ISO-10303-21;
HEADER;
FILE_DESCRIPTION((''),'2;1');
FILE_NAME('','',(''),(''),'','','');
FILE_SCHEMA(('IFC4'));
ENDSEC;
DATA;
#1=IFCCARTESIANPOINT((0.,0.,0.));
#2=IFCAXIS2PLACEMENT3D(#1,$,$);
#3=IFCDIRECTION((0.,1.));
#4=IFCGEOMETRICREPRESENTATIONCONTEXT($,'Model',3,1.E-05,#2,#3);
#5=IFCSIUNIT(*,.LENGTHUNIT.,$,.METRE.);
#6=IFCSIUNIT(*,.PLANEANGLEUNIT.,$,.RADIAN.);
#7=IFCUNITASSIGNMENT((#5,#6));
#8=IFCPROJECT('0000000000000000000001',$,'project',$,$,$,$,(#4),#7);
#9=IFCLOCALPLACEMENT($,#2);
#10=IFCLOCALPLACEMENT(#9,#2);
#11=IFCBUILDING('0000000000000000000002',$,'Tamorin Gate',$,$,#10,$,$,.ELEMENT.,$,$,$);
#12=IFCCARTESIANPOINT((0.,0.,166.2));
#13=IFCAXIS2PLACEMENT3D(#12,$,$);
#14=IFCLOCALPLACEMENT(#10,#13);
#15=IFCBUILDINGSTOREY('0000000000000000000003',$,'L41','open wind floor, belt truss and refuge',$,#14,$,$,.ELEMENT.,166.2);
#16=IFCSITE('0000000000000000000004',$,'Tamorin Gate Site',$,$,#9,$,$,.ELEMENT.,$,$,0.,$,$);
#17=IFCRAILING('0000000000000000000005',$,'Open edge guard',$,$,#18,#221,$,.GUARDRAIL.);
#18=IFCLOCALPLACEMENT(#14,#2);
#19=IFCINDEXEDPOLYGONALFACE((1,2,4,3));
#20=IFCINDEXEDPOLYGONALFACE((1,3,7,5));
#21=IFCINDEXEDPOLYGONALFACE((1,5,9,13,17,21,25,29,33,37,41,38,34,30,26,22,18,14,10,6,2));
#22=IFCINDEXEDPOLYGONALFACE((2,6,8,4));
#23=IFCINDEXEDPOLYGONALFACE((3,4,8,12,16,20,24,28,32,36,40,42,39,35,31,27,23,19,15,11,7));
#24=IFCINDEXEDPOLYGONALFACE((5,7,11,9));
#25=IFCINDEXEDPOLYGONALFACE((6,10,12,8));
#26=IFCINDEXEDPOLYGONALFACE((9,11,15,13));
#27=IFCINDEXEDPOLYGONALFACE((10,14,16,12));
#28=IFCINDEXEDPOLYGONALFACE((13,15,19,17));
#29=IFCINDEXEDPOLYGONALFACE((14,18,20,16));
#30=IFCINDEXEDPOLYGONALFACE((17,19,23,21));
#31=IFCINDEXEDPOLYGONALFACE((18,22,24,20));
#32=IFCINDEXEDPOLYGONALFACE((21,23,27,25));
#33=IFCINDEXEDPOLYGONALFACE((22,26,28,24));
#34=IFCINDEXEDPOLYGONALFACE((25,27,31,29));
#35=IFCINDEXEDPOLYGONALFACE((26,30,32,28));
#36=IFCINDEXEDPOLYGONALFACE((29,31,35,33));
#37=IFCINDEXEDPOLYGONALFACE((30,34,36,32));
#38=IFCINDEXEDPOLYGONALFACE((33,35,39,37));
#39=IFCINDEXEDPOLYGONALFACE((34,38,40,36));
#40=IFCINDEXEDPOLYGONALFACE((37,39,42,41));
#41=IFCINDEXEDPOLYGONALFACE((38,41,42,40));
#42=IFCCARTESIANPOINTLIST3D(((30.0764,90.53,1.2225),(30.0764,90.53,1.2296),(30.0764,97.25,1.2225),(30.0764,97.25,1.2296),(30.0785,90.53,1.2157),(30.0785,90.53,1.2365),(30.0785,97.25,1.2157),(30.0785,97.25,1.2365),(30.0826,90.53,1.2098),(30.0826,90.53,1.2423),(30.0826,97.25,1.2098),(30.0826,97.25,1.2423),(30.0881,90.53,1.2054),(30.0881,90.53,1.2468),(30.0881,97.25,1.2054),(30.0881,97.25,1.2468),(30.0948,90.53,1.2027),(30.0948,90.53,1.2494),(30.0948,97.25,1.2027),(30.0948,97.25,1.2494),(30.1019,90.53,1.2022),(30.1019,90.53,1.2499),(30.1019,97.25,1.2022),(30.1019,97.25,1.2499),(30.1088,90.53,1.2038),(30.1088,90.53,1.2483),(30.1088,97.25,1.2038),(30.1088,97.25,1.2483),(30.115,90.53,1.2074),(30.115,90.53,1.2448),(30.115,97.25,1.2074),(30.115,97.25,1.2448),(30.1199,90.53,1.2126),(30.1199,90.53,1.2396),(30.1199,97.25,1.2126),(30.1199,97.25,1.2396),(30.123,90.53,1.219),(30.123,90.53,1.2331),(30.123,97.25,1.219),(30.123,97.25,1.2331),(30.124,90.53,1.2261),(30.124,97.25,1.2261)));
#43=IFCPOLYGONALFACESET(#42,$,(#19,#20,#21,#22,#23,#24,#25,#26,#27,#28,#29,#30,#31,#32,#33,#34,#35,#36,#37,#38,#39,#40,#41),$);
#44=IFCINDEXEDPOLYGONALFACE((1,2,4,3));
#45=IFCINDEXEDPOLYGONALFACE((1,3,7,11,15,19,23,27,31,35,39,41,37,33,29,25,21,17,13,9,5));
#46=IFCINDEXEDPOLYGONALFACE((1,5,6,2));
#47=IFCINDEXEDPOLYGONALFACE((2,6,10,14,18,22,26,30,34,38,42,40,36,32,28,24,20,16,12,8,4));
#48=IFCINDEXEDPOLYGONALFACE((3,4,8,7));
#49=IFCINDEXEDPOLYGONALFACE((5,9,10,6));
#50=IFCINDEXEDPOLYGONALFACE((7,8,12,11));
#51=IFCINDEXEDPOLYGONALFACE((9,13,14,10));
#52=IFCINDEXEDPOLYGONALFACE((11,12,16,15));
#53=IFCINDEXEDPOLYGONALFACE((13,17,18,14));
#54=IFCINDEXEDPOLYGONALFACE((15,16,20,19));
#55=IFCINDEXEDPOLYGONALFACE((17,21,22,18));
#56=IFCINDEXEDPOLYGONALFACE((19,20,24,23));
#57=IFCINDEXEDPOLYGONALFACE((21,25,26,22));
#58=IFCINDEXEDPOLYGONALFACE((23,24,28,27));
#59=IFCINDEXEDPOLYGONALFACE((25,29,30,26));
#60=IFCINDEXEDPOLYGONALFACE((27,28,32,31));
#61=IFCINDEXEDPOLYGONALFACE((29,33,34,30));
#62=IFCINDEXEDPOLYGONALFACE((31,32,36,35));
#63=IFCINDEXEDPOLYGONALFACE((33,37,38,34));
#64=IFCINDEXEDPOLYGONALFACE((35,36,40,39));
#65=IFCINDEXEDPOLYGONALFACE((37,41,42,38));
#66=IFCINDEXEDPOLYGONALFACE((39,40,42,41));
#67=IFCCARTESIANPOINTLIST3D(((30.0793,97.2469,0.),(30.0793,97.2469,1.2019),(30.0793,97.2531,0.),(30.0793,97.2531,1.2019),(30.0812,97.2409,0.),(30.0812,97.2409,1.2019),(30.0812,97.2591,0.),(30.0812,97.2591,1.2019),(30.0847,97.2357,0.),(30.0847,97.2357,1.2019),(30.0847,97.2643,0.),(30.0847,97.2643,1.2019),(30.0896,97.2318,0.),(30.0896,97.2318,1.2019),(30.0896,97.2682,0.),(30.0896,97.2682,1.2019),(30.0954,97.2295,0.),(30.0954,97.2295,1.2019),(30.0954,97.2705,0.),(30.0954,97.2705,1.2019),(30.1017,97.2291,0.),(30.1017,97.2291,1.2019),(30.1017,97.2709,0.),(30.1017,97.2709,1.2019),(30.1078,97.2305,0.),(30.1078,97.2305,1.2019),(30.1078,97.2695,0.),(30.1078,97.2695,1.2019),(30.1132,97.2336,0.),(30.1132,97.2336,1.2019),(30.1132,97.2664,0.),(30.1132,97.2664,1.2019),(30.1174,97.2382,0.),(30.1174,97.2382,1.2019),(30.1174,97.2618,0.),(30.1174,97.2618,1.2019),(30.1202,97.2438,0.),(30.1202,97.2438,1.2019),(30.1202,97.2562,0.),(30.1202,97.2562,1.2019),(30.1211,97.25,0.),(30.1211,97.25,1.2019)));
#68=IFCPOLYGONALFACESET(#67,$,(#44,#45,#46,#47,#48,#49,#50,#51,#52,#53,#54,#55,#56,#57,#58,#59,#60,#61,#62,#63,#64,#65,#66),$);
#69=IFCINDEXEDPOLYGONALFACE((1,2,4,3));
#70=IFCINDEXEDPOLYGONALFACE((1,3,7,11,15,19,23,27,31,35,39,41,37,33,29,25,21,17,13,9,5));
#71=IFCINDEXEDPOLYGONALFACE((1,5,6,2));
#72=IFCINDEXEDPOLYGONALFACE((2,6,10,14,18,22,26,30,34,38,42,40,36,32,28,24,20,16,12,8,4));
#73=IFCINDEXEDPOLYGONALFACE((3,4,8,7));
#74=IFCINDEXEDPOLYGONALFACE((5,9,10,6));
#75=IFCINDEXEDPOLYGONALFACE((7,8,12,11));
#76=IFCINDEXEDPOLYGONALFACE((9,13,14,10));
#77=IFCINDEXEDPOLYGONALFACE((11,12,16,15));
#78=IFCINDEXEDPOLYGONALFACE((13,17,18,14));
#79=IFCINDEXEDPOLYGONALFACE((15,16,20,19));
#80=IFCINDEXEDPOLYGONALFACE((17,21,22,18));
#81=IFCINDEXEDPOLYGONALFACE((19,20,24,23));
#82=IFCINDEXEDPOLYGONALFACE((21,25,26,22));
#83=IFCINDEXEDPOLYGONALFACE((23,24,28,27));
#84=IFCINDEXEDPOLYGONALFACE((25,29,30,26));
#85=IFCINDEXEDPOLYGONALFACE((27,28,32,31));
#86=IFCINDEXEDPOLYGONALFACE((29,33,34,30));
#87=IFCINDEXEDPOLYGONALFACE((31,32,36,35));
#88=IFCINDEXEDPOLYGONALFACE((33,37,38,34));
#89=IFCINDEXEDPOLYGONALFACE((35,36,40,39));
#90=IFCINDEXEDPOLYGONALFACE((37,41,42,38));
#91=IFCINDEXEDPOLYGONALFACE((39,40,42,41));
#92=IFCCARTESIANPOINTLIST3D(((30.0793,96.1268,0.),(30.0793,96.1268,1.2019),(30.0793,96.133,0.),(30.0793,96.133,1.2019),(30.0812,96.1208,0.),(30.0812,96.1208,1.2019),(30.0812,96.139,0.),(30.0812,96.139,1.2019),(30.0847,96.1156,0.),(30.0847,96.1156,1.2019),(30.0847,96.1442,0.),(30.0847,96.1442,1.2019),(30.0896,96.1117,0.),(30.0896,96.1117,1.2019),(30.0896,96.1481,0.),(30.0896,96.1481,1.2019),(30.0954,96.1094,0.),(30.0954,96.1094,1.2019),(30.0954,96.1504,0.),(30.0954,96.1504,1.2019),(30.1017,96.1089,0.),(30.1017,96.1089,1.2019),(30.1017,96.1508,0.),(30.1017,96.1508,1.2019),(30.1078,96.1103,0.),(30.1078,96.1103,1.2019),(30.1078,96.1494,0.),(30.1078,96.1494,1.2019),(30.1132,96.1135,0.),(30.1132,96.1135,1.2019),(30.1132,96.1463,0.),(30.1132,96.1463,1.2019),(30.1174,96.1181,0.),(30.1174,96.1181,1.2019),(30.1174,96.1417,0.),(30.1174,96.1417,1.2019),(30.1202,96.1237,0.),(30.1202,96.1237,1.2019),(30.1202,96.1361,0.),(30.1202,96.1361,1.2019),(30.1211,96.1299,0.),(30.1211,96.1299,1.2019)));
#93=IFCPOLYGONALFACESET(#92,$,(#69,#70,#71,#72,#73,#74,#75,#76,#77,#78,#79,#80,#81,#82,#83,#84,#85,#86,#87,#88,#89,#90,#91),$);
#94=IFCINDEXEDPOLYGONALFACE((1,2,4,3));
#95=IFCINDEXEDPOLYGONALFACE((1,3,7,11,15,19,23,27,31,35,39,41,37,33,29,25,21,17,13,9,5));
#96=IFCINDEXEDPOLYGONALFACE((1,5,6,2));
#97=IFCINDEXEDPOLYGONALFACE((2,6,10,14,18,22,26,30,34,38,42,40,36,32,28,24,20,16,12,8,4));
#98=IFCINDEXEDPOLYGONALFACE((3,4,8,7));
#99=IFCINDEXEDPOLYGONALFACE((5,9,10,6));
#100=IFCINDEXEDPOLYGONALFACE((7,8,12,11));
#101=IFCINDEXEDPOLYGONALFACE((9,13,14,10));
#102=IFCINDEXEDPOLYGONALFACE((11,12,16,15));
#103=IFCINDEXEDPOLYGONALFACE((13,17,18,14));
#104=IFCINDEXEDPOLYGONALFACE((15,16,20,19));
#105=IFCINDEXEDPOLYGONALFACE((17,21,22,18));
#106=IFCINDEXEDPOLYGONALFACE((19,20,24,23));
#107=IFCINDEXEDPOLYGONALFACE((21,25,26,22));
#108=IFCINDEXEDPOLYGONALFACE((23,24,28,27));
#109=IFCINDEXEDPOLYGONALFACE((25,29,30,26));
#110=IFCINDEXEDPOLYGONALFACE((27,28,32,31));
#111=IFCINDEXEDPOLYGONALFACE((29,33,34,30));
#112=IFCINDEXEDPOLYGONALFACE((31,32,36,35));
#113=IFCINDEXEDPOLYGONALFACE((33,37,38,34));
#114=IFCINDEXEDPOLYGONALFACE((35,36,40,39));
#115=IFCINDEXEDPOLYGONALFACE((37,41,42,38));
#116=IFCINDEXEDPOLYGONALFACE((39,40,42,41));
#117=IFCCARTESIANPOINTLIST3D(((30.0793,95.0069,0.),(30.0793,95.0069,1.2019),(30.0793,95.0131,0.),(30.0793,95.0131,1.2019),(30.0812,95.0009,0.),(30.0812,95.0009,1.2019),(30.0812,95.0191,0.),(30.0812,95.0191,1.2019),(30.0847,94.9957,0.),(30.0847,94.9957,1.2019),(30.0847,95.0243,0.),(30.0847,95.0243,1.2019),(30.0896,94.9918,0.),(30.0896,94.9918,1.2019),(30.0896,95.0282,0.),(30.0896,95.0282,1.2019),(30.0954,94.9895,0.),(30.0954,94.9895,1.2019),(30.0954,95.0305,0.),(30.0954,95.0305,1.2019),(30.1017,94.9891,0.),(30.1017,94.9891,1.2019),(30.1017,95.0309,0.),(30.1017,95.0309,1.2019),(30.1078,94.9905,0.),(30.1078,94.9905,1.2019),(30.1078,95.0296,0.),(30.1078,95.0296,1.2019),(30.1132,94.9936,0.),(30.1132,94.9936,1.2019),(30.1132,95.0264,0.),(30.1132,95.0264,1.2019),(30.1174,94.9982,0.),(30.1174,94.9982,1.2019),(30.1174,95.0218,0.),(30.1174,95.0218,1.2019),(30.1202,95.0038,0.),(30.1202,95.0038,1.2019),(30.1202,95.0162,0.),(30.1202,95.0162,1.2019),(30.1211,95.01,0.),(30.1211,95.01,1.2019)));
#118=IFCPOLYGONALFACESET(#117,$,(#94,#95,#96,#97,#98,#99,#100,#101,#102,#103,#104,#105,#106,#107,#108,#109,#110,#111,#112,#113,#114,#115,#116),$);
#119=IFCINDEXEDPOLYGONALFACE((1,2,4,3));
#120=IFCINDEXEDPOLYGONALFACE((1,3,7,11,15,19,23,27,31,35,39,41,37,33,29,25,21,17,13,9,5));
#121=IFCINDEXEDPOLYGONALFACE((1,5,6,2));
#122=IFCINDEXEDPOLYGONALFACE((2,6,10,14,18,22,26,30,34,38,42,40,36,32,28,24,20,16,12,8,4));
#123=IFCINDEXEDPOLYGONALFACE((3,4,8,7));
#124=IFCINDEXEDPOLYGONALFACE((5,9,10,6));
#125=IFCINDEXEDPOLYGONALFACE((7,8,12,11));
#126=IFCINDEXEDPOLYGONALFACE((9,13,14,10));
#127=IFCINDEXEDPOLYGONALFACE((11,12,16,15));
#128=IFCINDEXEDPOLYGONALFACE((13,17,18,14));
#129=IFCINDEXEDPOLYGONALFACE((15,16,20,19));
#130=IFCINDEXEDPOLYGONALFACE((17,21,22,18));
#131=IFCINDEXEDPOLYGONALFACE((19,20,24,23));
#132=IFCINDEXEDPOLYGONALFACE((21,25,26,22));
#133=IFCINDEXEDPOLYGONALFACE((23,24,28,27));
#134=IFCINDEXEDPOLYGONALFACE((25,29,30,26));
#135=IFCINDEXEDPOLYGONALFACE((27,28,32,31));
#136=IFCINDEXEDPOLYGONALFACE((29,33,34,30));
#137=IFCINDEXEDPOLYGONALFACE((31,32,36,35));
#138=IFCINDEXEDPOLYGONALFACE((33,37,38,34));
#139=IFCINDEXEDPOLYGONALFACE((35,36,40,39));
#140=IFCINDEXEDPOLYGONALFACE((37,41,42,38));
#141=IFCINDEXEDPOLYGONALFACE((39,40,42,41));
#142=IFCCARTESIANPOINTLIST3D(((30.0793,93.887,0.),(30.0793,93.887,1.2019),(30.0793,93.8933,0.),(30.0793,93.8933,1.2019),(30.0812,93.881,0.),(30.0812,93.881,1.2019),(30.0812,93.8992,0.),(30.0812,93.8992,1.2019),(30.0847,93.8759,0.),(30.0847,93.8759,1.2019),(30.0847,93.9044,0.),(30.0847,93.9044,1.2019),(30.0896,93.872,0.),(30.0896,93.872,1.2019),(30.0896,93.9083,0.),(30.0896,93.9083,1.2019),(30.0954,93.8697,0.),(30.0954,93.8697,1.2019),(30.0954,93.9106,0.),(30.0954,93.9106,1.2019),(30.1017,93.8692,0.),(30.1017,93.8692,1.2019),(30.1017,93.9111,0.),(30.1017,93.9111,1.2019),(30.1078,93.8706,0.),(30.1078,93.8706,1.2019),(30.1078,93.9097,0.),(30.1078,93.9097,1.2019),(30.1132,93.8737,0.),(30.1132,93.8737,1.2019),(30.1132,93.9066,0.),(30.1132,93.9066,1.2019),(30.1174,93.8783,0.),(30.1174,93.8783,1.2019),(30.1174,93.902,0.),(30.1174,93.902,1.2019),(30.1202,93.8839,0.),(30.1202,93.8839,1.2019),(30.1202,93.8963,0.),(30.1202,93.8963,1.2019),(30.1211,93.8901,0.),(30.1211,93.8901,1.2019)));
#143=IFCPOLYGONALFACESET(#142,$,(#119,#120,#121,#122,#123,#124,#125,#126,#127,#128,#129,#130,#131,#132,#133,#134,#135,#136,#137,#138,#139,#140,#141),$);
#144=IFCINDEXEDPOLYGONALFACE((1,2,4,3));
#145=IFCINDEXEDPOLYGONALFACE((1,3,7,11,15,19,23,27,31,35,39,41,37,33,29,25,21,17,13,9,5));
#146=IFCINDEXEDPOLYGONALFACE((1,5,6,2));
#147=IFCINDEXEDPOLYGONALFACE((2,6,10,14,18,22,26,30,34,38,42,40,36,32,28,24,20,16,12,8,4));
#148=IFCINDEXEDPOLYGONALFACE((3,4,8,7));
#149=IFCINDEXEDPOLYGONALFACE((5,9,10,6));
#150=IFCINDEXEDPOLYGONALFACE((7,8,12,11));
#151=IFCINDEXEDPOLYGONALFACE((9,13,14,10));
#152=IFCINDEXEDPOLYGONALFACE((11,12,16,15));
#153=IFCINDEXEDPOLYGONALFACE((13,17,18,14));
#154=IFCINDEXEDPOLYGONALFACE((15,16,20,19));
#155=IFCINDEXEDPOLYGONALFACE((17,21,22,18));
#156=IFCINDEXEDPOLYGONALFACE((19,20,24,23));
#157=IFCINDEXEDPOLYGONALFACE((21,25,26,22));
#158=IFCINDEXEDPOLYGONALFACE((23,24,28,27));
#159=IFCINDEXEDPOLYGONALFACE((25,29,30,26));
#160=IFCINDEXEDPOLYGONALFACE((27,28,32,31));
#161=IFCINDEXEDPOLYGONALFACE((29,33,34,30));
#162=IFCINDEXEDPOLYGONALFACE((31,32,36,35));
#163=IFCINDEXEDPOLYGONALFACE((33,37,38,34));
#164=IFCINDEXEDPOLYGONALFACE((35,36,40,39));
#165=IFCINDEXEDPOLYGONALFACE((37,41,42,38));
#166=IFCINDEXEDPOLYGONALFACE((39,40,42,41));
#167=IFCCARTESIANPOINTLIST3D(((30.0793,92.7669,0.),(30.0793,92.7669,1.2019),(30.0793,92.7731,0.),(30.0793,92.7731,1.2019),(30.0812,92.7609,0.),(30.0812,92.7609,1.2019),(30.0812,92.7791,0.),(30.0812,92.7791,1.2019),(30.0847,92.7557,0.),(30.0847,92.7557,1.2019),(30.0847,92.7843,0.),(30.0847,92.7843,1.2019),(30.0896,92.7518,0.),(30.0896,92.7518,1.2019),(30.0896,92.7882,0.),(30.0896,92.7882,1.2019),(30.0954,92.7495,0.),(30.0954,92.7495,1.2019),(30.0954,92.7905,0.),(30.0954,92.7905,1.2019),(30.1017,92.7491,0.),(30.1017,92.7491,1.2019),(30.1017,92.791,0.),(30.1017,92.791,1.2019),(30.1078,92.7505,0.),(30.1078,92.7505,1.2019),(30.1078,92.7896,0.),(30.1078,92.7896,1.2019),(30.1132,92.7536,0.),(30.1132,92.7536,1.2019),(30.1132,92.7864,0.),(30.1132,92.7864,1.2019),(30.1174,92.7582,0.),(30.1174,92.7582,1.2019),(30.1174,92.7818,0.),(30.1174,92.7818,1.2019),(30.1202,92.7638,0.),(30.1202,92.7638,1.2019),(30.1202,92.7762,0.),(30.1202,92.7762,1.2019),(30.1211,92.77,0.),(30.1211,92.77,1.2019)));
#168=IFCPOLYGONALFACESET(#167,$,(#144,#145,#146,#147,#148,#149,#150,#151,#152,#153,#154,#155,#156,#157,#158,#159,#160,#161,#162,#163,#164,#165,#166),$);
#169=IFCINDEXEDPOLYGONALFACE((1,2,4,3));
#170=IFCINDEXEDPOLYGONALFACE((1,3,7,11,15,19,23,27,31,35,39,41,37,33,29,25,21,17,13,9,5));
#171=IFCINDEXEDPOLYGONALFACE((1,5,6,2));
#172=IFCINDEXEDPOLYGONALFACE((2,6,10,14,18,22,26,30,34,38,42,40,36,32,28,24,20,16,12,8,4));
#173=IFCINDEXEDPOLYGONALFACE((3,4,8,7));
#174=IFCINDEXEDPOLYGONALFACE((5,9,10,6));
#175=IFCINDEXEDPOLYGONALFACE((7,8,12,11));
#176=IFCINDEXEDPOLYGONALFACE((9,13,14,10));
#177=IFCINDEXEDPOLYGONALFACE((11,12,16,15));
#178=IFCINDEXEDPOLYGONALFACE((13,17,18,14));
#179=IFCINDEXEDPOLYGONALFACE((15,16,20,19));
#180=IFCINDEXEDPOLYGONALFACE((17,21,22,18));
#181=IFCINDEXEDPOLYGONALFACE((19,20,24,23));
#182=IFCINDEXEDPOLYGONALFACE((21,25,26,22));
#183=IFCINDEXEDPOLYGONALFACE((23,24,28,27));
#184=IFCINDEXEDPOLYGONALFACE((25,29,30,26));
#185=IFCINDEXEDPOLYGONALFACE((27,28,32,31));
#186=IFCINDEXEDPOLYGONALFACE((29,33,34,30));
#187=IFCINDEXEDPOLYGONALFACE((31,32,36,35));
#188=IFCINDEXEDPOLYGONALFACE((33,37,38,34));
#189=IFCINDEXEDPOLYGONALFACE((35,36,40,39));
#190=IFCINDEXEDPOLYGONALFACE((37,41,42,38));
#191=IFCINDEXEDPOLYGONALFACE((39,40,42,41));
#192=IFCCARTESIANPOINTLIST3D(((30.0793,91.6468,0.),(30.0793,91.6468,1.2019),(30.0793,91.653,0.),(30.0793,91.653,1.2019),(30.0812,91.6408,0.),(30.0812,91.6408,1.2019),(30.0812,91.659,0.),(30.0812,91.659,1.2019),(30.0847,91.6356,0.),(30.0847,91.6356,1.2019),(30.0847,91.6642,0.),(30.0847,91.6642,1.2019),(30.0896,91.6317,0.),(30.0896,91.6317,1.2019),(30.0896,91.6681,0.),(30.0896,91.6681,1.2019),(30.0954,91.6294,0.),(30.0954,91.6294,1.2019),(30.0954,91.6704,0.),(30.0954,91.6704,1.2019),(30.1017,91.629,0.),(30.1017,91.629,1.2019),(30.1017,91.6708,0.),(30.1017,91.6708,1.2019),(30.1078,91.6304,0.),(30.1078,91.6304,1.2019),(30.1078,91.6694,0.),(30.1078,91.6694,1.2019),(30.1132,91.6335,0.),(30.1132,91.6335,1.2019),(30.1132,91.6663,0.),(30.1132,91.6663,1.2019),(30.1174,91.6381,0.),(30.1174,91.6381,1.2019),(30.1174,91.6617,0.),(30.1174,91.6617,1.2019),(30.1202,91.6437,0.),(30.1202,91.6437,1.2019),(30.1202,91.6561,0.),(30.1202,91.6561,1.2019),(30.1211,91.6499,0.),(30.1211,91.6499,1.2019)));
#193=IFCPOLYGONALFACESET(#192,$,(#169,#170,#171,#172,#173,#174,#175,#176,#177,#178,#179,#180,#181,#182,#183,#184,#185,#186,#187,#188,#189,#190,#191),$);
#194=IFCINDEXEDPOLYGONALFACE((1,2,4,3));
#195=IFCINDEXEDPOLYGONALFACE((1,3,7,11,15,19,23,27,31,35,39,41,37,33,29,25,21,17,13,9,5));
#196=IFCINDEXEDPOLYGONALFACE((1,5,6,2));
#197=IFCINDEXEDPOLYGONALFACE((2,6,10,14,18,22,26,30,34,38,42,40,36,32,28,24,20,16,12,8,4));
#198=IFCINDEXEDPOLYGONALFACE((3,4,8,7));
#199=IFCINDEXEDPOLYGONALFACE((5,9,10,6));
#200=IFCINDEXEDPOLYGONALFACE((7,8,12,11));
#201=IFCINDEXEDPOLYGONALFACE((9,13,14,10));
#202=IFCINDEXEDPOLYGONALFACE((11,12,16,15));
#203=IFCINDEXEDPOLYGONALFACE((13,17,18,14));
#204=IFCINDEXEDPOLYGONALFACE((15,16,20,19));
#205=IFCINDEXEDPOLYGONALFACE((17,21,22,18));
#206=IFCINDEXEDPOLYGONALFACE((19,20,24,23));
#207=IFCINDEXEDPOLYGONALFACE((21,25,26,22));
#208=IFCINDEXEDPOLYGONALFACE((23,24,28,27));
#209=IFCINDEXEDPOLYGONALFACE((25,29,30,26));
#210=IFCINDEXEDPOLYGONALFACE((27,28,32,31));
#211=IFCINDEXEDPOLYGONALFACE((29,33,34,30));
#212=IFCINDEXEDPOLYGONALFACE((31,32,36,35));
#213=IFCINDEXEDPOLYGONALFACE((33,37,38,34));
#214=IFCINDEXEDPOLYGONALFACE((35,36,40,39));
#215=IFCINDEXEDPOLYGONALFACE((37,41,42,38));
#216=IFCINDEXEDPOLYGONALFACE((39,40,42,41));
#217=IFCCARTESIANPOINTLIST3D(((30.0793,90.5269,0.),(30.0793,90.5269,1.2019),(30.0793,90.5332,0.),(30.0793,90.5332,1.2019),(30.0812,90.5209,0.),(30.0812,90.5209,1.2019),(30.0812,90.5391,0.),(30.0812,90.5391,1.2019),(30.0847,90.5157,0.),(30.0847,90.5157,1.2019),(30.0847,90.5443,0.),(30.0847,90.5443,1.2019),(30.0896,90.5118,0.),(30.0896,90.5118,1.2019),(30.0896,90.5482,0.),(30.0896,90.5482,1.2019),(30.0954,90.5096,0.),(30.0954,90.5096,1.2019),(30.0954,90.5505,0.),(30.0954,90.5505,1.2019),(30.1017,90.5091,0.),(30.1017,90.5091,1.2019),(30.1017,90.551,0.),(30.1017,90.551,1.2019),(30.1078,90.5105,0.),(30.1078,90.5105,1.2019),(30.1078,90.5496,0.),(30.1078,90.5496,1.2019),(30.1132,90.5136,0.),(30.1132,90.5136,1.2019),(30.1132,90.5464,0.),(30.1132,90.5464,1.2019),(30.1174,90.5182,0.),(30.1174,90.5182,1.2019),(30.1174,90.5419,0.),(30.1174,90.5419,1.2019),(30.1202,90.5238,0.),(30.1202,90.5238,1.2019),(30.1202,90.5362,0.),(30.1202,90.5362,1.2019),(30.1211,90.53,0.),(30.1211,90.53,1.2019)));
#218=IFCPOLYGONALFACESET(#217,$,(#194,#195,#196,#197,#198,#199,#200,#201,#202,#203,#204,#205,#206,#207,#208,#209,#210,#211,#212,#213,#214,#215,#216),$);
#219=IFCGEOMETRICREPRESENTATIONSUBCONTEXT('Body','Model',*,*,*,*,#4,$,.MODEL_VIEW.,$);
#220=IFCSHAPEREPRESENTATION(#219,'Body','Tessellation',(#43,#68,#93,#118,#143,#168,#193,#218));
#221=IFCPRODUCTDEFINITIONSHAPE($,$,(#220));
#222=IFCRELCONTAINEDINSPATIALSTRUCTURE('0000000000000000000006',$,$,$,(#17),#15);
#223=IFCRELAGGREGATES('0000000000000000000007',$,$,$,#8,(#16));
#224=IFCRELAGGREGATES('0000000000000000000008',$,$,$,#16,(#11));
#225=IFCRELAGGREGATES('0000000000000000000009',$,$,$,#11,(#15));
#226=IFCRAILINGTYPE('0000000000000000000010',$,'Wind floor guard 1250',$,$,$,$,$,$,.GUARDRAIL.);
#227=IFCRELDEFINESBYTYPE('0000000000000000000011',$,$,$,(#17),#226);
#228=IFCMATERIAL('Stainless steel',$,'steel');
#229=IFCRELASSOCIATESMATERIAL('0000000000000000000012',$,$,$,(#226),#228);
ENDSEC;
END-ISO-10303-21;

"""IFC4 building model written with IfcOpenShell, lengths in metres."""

from ifc_helpers import new_model, si_unit, direction, frame, origin, origin_2d, place, context, subcontext, project, spatial, circle, extrude, material, type_object, element, save


model = new_model("IFC4")

# Units and contexts
model_context = context("Model", 3, precision=1e-05, world=origin(), true_north=direction((0.0, 1.0)))
body_context = subcontext(model_context, "Body", "Model", "MODEL_VIEW")
ifc_project = project(units=[si_unit("LENGTHUNIT", "METRE"), si_unit("PLANEANGLEUNIT", "RADIAN")], contexts=[model_context])

# Site, building, storey
site_placement = place(None, origin())
site = spatial("IfcSite", under=ifc_project, at=site_placement, Name="Tamorin Gate Site", CompositionType="ELEMENT", RefElevation=0.0)
building_placement = place(site_placement, origin())
building = spatial("IfcBuilding", under=site, at=building_placement, Name="Tamorin Gate", CompositionType="ELEMENT")
storey_placement = place(building_placement, frame((0.0, 0.0, 166.2)))
storey = spatial("IfcBuildingStorey", under=building, at=storey_placement, Name="L41", Description="open wind floor, belt truss and refuge", CompositionType="ELEMENT", Elevation=166.2)

# Railing
ifc_material_1 = material(Name="Stainless steel", Category="steel")
railing_type = type_object("IfcRailingType", Name="Wind floor guard 1250", PredefinedType="GUARDRAIL", material=ifc_material_1)
railing_1_placement = place(storey_placement, frame((30.1001, 97.25, 0.0)))
element("IfcRailing", 1, at=railing_1_placement, inside=storey, type_object=railing_type, Name="Open edge guard", PredefinedType="GUARDRAIL", context=body_context, shape_type="SweptSolid", body=[
    extrude(circle(Radius=0.0239, at=origin_2d()), frame((0.0, 0.0, 1.2261), z_axis=(0.0, -1.0, 0.0), x_axis=(1.0, 0.0, 0.0)), (0.0, 0.0, 1.0), 6.72),
    extrude(circle(Radius=0.021, at=origin_2d()), origin(), (0.0, 0.0, 1.0), 1.2019),
    extrude(circle(Radius=0.021, at=origin_2d()), frame((0.0, -1.1201, 0.0)), (0.0, 0.0, 1.0), 1.2019),
    extrude(circle(Radius=0.021, at=origin_2d()), frame((0.0, -2.24, 0.0)), (0.0, 0.0, 1.0), 1.2019),
    extrude(circle(Radius=0.021, at=origin_2d()), frame((0.0, -3.3599, 0.0)), (0.0, 0.0, 1.0), 1.2019),
    extrude(circle(Radius=0.021, at=origin_2d()), frame((0.0, -4.48, 0.0)), (0.0, 0.0, 1.0), 1.2019),
    extrude(circle(Radius=0.021, at=origin_2d()), frame((0.0, -5.6001, 0.0)), (0.0, 0.0, 1.0), 1.2019),
    extrude(circle(Radius=0.021, at=origin_2d()), frame((0.0, -6.72, 0.0)), (0.0, 0.0, 1.0), 1.2019),
])

save(model, "model.ifc")
